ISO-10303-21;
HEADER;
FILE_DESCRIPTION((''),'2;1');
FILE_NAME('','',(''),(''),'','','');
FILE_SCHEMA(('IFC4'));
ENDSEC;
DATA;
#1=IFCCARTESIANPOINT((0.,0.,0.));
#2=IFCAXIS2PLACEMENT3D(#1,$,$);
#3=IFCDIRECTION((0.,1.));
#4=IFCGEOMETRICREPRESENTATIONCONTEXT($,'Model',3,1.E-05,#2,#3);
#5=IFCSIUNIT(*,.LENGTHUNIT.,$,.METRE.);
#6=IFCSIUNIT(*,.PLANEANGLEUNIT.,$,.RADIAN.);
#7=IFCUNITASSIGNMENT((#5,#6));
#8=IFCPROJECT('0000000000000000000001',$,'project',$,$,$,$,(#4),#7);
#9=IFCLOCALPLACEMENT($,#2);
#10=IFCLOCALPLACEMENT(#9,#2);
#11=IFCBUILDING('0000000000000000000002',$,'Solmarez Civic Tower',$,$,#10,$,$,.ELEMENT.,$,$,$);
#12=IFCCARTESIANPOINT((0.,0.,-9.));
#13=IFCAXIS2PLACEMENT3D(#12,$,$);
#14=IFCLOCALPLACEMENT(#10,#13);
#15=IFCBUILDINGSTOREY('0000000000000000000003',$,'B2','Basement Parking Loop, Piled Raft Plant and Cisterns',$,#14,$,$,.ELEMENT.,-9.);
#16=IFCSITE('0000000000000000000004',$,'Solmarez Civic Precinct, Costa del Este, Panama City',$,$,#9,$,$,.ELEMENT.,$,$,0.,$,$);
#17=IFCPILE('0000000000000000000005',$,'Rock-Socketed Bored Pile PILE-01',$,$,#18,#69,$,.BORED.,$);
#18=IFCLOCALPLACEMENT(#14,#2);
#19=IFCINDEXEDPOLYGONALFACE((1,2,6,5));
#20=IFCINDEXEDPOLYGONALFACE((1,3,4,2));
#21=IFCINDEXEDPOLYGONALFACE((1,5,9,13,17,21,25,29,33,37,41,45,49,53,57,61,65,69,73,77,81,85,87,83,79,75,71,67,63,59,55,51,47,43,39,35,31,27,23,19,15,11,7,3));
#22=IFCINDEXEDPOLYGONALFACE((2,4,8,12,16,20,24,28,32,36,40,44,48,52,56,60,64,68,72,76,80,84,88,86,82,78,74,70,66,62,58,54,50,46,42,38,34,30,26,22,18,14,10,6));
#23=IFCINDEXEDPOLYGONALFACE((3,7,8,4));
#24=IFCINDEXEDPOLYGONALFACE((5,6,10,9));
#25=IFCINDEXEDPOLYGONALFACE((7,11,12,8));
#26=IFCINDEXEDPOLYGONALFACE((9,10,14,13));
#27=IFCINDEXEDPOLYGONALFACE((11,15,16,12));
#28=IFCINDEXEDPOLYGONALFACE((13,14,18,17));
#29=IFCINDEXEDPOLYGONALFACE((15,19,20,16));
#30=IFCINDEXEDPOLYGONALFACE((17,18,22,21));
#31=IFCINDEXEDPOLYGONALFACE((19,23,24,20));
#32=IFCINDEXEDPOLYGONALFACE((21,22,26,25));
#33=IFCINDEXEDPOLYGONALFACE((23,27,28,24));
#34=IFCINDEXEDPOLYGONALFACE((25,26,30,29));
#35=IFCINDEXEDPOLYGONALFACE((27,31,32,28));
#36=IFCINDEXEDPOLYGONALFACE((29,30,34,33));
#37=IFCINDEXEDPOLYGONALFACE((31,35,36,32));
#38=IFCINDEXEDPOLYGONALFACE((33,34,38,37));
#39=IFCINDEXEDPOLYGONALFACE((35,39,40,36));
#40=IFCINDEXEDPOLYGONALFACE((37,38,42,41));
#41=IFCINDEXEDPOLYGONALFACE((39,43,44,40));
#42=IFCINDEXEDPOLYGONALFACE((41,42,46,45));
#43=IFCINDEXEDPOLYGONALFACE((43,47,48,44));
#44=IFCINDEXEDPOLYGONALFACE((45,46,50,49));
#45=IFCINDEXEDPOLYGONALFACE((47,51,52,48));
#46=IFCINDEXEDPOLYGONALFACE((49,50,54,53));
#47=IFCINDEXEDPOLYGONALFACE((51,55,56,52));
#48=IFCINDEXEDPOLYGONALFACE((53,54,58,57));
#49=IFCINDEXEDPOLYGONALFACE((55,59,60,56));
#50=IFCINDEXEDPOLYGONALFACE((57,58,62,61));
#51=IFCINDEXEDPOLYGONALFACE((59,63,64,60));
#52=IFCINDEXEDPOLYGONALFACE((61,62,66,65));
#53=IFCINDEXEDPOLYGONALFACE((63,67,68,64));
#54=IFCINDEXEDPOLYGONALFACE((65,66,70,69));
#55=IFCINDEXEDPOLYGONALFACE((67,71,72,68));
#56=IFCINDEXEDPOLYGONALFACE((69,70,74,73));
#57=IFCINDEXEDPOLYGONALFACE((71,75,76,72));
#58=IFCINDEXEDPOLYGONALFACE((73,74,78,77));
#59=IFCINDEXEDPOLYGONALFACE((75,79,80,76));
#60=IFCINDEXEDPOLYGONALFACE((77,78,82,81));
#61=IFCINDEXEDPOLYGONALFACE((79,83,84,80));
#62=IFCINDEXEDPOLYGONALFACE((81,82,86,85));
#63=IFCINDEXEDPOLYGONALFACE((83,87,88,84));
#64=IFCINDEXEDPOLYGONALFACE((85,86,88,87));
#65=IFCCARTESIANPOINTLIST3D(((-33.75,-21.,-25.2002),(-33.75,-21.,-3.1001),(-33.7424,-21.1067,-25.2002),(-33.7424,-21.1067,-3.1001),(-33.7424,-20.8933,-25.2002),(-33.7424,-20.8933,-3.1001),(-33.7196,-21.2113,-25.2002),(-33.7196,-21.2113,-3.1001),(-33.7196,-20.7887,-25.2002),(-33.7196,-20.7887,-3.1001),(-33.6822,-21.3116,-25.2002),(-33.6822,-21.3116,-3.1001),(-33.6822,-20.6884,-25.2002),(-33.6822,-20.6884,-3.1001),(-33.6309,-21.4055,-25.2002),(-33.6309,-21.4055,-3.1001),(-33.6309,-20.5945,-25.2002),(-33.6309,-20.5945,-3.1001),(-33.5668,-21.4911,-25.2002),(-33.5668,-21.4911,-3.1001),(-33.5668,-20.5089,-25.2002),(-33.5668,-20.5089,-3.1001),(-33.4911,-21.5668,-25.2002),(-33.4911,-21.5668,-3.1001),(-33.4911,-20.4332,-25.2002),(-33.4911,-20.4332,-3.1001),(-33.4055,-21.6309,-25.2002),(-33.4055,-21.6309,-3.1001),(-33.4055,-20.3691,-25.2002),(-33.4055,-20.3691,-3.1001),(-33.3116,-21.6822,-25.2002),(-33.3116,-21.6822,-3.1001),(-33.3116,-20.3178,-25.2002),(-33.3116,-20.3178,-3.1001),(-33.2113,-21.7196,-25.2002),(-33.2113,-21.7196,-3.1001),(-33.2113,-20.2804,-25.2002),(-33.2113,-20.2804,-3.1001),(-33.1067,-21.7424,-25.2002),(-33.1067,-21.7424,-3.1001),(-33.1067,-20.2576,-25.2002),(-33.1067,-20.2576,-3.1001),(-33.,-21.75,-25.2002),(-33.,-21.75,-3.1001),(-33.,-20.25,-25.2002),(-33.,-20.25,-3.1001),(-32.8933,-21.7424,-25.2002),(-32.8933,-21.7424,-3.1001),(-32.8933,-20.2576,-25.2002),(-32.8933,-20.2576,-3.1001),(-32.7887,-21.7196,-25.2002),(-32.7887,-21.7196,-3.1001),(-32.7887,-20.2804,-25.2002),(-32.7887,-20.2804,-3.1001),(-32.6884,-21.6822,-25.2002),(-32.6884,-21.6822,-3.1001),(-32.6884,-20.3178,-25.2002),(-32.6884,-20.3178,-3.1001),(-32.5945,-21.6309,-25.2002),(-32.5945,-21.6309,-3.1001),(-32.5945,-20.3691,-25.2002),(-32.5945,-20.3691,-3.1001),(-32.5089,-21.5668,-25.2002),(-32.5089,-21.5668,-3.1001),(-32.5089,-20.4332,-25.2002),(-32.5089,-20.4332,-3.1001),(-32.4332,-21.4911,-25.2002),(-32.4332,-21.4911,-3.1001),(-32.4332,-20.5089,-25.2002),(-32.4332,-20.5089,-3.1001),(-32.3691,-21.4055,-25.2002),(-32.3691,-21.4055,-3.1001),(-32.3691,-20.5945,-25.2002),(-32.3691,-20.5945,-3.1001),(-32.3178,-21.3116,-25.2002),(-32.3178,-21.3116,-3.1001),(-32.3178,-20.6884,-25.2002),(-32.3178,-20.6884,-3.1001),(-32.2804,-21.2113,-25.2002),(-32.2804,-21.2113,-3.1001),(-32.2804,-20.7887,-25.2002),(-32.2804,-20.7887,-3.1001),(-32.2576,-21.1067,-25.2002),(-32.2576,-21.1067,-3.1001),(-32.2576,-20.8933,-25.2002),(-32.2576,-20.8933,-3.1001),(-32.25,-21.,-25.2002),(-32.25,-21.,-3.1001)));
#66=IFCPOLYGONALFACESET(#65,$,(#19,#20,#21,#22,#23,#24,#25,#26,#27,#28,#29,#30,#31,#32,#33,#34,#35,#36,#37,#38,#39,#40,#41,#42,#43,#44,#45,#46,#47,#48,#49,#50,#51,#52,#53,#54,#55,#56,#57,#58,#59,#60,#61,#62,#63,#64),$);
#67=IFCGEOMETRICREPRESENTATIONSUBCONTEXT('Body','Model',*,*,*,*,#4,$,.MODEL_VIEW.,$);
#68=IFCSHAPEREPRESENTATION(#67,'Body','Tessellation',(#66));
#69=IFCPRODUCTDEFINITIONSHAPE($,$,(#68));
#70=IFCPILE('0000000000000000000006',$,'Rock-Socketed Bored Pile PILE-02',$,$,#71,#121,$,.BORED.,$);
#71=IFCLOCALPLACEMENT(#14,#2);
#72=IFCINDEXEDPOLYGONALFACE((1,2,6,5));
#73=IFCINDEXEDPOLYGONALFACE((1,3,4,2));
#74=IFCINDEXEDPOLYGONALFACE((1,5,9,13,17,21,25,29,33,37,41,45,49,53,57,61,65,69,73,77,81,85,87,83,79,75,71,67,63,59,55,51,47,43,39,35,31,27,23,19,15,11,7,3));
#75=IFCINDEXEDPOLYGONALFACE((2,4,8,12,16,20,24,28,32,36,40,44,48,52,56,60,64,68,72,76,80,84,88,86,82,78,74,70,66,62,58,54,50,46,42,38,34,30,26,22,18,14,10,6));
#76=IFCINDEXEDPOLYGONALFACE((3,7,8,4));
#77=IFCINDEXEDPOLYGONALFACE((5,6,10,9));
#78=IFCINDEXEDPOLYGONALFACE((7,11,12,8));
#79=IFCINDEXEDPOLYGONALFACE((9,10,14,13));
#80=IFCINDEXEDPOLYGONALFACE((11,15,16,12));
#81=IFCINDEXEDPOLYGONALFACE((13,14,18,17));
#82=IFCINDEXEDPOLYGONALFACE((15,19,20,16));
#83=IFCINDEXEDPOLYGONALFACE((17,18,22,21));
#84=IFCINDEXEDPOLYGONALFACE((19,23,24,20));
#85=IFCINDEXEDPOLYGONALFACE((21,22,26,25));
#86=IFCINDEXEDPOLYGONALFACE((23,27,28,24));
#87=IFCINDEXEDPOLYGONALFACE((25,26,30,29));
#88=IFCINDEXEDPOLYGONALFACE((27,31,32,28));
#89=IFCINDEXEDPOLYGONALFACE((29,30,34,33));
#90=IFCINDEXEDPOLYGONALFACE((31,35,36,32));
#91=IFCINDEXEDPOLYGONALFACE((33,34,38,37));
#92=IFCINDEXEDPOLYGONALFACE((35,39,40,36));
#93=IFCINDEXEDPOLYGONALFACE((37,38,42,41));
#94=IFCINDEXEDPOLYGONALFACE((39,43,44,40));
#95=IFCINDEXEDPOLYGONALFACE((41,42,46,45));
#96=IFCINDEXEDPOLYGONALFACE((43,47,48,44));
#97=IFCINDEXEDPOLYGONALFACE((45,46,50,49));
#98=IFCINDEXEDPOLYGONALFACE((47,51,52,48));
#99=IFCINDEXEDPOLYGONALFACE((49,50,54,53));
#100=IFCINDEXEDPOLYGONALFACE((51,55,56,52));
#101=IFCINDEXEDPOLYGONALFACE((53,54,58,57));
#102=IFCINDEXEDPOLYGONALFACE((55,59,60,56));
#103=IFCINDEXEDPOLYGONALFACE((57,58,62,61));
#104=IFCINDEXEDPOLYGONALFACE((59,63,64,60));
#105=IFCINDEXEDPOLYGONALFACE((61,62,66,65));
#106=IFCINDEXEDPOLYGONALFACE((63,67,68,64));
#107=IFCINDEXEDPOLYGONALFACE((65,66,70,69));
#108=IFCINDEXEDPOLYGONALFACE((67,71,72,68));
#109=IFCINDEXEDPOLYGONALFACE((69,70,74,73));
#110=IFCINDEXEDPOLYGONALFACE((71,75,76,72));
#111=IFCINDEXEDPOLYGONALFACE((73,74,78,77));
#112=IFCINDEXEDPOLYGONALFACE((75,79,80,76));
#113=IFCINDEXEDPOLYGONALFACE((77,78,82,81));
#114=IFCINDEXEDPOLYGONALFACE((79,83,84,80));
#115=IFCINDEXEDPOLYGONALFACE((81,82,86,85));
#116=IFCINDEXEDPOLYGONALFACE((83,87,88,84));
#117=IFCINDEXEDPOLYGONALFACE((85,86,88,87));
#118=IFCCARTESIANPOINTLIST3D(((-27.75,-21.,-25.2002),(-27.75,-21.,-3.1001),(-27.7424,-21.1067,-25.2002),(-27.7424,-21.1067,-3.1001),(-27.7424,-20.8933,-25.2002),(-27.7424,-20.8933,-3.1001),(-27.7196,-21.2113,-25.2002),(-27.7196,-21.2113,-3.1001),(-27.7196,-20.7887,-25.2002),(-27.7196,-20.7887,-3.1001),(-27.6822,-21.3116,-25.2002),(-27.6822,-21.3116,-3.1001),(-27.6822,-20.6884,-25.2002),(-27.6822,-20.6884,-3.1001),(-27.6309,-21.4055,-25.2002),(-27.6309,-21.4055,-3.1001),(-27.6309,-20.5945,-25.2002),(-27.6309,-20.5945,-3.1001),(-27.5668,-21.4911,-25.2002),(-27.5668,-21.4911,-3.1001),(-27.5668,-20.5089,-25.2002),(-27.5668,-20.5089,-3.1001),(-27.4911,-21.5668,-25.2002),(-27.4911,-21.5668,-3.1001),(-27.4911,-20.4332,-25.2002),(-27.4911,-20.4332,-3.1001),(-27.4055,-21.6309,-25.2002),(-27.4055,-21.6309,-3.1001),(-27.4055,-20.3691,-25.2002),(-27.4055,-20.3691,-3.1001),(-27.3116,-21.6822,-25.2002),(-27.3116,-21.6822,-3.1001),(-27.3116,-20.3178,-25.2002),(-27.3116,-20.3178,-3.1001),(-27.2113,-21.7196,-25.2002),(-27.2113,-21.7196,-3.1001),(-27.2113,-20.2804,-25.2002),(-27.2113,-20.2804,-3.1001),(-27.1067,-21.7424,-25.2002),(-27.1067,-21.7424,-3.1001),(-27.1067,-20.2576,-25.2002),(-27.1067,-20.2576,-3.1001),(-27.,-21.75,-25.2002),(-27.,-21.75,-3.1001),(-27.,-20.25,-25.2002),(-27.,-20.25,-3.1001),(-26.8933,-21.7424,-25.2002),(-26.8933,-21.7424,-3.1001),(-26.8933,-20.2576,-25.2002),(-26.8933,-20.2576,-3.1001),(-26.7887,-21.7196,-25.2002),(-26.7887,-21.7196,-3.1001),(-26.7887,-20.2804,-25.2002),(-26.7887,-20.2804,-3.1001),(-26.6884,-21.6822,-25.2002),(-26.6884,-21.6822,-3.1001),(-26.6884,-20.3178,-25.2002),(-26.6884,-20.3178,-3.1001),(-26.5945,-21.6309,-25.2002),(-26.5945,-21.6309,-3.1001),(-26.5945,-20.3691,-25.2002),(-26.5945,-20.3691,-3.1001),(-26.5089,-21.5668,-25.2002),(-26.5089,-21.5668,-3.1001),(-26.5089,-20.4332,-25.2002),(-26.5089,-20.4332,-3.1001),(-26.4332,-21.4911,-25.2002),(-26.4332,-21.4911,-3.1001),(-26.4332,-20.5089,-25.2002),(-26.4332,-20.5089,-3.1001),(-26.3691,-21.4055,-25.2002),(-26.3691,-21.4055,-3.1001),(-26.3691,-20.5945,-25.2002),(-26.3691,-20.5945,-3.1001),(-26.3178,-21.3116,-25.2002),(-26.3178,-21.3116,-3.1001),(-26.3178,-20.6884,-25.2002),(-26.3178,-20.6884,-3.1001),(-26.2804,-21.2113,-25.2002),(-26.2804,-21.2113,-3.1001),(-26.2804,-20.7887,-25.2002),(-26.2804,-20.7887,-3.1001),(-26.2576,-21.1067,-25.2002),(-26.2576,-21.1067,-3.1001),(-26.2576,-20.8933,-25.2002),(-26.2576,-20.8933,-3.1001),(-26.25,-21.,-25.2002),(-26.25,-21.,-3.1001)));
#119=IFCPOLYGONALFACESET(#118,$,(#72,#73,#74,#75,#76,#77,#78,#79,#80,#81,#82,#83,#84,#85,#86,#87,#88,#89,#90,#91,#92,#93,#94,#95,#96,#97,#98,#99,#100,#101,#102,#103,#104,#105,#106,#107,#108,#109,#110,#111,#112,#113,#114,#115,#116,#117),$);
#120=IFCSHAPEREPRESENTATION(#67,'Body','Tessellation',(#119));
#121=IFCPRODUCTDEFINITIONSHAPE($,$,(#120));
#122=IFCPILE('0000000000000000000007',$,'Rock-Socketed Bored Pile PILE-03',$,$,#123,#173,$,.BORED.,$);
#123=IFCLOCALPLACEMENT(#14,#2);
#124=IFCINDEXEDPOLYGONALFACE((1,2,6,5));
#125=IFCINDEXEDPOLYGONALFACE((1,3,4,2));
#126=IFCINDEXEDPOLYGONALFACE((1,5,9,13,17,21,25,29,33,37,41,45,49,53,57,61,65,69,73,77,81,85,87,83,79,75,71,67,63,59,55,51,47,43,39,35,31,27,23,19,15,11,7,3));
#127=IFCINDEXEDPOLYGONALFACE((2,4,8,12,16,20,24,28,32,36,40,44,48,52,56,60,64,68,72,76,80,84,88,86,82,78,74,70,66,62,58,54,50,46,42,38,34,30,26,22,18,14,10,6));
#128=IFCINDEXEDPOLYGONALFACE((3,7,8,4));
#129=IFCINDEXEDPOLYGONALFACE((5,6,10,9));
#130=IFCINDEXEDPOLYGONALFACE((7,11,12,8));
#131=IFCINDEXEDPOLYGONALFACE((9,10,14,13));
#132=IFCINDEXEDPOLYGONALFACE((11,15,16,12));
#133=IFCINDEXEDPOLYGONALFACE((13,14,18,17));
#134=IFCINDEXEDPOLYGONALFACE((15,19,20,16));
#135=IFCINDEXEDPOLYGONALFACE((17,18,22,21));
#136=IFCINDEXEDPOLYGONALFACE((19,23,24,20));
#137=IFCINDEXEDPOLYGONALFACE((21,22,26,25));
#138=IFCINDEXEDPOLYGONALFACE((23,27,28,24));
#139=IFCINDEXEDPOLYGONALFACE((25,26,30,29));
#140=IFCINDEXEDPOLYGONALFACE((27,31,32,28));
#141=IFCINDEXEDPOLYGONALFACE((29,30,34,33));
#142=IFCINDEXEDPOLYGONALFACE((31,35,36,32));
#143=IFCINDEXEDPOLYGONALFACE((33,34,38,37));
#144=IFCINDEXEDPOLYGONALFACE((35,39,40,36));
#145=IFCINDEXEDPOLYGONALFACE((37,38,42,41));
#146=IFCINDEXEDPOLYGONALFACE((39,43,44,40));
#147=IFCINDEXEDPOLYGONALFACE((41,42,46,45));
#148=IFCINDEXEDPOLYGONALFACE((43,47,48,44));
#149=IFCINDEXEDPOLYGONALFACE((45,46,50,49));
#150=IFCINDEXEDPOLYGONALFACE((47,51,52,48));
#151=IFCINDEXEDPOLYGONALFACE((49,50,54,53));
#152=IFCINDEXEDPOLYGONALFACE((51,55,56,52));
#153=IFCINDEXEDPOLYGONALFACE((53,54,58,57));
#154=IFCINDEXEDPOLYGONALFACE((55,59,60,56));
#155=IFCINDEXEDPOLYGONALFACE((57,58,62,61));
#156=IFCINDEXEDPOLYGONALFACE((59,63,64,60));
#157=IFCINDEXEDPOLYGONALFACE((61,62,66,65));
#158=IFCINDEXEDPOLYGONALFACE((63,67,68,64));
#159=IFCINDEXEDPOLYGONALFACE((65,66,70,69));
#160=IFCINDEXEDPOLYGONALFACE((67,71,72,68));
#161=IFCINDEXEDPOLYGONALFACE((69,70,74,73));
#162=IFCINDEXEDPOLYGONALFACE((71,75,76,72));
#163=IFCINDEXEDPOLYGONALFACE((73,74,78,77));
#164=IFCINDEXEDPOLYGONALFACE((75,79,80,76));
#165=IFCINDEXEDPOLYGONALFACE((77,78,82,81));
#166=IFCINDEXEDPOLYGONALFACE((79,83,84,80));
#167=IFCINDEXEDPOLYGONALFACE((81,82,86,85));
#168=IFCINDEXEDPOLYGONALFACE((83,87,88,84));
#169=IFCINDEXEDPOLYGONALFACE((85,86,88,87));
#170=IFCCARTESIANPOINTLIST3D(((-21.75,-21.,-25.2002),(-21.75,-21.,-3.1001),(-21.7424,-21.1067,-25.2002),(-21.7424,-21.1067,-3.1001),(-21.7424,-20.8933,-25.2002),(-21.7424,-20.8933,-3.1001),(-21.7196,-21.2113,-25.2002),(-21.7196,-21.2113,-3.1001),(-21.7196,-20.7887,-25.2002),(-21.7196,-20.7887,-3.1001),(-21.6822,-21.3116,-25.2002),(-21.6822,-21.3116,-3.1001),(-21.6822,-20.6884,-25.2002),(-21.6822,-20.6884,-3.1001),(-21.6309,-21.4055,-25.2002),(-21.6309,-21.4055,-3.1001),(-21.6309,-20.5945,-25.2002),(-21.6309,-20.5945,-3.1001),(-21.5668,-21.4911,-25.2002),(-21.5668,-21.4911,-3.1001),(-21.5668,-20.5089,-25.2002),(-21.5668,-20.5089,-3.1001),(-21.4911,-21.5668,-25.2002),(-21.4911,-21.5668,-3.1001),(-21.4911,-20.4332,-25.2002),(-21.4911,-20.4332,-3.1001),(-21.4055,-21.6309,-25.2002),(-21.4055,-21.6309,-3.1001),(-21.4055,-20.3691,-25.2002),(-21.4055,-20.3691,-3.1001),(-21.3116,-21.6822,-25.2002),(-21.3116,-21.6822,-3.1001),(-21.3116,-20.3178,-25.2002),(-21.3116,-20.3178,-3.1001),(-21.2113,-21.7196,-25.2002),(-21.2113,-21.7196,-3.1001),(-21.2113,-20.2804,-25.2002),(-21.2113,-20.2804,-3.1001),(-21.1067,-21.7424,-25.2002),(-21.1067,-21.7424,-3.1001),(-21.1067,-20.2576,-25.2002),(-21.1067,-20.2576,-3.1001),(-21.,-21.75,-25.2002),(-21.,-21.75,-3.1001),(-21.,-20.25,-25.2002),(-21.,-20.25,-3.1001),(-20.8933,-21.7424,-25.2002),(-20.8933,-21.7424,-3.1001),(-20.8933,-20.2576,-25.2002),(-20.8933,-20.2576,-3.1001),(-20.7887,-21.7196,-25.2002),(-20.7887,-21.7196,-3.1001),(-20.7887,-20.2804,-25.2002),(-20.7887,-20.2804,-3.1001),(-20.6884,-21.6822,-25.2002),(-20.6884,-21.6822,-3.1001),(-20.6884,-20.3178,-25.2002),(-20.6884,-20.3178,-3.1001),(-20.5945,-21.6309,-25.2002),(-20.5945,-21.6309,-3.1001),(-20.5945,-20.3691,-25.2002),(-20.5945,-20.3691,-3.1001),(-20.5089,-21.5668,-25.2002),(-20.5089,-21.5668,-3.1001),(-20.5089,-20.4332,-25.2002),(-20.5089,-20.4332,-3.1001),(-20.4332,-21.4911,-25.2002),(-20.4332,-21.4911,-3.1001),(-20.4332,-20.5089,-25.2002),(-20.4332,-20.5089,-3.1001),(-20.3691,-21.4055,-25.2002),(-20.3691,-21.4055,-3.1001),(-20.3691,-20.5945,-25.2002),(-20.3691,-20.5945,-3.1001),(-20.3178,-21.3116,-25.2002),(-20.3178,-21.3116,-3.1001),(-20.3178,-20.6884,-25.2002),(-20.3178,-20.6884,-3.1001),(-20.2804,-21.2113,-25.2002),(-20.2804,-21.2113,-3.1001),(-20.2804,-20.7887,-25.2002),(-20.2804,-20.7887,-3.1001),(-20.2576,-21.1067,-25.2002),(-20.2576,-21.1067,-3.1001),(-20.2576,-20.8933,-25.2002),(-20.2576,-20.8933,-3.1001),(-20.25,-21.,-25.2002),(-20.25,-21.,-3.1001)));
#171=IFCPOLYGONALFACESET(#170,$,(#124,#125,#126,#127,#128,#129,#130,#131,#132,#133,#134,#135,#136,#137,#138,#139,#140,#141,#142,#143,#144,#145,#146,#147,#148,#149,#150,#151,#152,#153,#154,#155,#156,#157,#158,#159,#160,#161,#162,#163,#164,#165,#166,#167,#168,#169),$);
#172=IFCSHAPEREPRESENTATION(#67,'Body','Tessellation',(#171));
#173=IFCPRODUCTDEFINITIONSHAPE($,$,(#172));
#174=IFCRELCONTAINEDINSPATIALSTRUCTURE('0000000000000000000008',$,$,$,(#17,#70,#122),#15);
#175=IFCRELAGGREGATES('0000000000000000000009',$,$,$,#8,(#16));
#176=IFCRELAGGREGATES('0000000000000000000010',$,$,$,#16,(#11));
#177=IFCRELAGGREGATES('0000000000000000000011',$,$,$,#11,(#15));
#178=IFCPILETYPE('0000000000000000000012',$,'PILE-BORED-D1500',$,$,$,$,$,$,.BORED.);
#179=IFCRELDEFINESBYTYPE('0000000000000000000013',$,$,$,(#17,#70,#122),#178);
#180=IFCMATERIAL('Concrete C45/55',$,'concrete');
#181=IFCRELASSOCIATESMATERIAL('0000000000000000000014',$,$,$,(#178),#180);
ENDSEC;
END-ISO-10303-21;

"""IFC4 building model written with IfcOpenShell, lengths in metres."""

from ifc_helpers import new_model, si_unit, direction, frame, origin, origin_2d, place, context, subcontext, project, spatial, circle, extrude, material, material_profile, profile_set, type_object, element, save


model = new_model("IFC4")

# Units and contexts
model_context = context("Model", 3, precision=1e-05, world=origin(), true_north=direction((0.0, 1.0)))
body_context = subcontext(model_context, "Body", "Model", "MODEL_VIEW")
ifc_project = project(units=[si_unit("LENGTHUNIT", "METRE"), si_unit("PLANEANGLEUNIT", "RADIAN")], contexts=[model_context])

# Site, building, storey
site_placement = place(None, origin())
site = spatial("IfcSite", under=ifc_project, at=site_placement, Name="Solmarez Civic Precinct, Costa del Este, Panama City", CompositionType="ELEMENT", RefElevation=0.0)
building_placement = place(site_placement, origin())
building = spatial("IfcBuilding", under=site, at=building_placement, Name="Solmarez Civic Tower", CompositionType="ELEMENT")
storey_placement = place(building_placement, frame((0.0, 0.0, -9.0)))
storey = spatial("IfcBuildingStorey", under=building, at=storey_placement, Name="B2", Description="Basement Parking Loop, Piled Raft Plant and Cisterns", CompositionType="ELEMENT", Elevation=-9.0)

# Piles
ifc_material_1 = material(Name="Concrete C45/55", Category="concrete")
ifc_material_profile_1 = material_profile(ifc_material_1, circle(Radius=0.75, at=origin_2d()), Name="PILE-D1500")
ifc_profile_set_1 = profile_set([ifc_material_profile_1], Name="Concrete C45/55")
pile_type = type_object("IfcPileType", Name="PILE-BORED-D1500", PredefinedType="BORED", material=ifc_profile_set_1)
for number, where, z_axis, x_axis, name in (
    (1, (-33.0, -21.0, -3.1001), (0.0, 0.0, -1.0), (1.0, 0.0, 0.0), "Rock-Socketed Bored Pile PILE-01"),
    (2, (-27.0, -21.0, -3.1001), (0.0, 0.0, -1.0), (1.0, 0.0, 0.0), "Rock-Socketed Bored Pile PILE-02"),
    (3, (-21.0, -21.0, -3.1001), (0.0, 0.0, -1.0), (1.0, 0.0, 0.0), "Rock-Socketed Bored Pile PILE-03"),
):
    element("IfcPile", number, at=place(storey_placement, frame(where, z_axis=z_axis, x_axis=x_axis)), inside=storey, type_object=pile_type, Name=name, PredefinedType="BORED", context=body_context, shape_type="SweptSolid", body=[
        extrude(circle(Radius=0.75, at=origin_2d()), origin(), (0.0, 0.0, 1.0), 22.1001),
    ])

save(model, "model.ifc")
